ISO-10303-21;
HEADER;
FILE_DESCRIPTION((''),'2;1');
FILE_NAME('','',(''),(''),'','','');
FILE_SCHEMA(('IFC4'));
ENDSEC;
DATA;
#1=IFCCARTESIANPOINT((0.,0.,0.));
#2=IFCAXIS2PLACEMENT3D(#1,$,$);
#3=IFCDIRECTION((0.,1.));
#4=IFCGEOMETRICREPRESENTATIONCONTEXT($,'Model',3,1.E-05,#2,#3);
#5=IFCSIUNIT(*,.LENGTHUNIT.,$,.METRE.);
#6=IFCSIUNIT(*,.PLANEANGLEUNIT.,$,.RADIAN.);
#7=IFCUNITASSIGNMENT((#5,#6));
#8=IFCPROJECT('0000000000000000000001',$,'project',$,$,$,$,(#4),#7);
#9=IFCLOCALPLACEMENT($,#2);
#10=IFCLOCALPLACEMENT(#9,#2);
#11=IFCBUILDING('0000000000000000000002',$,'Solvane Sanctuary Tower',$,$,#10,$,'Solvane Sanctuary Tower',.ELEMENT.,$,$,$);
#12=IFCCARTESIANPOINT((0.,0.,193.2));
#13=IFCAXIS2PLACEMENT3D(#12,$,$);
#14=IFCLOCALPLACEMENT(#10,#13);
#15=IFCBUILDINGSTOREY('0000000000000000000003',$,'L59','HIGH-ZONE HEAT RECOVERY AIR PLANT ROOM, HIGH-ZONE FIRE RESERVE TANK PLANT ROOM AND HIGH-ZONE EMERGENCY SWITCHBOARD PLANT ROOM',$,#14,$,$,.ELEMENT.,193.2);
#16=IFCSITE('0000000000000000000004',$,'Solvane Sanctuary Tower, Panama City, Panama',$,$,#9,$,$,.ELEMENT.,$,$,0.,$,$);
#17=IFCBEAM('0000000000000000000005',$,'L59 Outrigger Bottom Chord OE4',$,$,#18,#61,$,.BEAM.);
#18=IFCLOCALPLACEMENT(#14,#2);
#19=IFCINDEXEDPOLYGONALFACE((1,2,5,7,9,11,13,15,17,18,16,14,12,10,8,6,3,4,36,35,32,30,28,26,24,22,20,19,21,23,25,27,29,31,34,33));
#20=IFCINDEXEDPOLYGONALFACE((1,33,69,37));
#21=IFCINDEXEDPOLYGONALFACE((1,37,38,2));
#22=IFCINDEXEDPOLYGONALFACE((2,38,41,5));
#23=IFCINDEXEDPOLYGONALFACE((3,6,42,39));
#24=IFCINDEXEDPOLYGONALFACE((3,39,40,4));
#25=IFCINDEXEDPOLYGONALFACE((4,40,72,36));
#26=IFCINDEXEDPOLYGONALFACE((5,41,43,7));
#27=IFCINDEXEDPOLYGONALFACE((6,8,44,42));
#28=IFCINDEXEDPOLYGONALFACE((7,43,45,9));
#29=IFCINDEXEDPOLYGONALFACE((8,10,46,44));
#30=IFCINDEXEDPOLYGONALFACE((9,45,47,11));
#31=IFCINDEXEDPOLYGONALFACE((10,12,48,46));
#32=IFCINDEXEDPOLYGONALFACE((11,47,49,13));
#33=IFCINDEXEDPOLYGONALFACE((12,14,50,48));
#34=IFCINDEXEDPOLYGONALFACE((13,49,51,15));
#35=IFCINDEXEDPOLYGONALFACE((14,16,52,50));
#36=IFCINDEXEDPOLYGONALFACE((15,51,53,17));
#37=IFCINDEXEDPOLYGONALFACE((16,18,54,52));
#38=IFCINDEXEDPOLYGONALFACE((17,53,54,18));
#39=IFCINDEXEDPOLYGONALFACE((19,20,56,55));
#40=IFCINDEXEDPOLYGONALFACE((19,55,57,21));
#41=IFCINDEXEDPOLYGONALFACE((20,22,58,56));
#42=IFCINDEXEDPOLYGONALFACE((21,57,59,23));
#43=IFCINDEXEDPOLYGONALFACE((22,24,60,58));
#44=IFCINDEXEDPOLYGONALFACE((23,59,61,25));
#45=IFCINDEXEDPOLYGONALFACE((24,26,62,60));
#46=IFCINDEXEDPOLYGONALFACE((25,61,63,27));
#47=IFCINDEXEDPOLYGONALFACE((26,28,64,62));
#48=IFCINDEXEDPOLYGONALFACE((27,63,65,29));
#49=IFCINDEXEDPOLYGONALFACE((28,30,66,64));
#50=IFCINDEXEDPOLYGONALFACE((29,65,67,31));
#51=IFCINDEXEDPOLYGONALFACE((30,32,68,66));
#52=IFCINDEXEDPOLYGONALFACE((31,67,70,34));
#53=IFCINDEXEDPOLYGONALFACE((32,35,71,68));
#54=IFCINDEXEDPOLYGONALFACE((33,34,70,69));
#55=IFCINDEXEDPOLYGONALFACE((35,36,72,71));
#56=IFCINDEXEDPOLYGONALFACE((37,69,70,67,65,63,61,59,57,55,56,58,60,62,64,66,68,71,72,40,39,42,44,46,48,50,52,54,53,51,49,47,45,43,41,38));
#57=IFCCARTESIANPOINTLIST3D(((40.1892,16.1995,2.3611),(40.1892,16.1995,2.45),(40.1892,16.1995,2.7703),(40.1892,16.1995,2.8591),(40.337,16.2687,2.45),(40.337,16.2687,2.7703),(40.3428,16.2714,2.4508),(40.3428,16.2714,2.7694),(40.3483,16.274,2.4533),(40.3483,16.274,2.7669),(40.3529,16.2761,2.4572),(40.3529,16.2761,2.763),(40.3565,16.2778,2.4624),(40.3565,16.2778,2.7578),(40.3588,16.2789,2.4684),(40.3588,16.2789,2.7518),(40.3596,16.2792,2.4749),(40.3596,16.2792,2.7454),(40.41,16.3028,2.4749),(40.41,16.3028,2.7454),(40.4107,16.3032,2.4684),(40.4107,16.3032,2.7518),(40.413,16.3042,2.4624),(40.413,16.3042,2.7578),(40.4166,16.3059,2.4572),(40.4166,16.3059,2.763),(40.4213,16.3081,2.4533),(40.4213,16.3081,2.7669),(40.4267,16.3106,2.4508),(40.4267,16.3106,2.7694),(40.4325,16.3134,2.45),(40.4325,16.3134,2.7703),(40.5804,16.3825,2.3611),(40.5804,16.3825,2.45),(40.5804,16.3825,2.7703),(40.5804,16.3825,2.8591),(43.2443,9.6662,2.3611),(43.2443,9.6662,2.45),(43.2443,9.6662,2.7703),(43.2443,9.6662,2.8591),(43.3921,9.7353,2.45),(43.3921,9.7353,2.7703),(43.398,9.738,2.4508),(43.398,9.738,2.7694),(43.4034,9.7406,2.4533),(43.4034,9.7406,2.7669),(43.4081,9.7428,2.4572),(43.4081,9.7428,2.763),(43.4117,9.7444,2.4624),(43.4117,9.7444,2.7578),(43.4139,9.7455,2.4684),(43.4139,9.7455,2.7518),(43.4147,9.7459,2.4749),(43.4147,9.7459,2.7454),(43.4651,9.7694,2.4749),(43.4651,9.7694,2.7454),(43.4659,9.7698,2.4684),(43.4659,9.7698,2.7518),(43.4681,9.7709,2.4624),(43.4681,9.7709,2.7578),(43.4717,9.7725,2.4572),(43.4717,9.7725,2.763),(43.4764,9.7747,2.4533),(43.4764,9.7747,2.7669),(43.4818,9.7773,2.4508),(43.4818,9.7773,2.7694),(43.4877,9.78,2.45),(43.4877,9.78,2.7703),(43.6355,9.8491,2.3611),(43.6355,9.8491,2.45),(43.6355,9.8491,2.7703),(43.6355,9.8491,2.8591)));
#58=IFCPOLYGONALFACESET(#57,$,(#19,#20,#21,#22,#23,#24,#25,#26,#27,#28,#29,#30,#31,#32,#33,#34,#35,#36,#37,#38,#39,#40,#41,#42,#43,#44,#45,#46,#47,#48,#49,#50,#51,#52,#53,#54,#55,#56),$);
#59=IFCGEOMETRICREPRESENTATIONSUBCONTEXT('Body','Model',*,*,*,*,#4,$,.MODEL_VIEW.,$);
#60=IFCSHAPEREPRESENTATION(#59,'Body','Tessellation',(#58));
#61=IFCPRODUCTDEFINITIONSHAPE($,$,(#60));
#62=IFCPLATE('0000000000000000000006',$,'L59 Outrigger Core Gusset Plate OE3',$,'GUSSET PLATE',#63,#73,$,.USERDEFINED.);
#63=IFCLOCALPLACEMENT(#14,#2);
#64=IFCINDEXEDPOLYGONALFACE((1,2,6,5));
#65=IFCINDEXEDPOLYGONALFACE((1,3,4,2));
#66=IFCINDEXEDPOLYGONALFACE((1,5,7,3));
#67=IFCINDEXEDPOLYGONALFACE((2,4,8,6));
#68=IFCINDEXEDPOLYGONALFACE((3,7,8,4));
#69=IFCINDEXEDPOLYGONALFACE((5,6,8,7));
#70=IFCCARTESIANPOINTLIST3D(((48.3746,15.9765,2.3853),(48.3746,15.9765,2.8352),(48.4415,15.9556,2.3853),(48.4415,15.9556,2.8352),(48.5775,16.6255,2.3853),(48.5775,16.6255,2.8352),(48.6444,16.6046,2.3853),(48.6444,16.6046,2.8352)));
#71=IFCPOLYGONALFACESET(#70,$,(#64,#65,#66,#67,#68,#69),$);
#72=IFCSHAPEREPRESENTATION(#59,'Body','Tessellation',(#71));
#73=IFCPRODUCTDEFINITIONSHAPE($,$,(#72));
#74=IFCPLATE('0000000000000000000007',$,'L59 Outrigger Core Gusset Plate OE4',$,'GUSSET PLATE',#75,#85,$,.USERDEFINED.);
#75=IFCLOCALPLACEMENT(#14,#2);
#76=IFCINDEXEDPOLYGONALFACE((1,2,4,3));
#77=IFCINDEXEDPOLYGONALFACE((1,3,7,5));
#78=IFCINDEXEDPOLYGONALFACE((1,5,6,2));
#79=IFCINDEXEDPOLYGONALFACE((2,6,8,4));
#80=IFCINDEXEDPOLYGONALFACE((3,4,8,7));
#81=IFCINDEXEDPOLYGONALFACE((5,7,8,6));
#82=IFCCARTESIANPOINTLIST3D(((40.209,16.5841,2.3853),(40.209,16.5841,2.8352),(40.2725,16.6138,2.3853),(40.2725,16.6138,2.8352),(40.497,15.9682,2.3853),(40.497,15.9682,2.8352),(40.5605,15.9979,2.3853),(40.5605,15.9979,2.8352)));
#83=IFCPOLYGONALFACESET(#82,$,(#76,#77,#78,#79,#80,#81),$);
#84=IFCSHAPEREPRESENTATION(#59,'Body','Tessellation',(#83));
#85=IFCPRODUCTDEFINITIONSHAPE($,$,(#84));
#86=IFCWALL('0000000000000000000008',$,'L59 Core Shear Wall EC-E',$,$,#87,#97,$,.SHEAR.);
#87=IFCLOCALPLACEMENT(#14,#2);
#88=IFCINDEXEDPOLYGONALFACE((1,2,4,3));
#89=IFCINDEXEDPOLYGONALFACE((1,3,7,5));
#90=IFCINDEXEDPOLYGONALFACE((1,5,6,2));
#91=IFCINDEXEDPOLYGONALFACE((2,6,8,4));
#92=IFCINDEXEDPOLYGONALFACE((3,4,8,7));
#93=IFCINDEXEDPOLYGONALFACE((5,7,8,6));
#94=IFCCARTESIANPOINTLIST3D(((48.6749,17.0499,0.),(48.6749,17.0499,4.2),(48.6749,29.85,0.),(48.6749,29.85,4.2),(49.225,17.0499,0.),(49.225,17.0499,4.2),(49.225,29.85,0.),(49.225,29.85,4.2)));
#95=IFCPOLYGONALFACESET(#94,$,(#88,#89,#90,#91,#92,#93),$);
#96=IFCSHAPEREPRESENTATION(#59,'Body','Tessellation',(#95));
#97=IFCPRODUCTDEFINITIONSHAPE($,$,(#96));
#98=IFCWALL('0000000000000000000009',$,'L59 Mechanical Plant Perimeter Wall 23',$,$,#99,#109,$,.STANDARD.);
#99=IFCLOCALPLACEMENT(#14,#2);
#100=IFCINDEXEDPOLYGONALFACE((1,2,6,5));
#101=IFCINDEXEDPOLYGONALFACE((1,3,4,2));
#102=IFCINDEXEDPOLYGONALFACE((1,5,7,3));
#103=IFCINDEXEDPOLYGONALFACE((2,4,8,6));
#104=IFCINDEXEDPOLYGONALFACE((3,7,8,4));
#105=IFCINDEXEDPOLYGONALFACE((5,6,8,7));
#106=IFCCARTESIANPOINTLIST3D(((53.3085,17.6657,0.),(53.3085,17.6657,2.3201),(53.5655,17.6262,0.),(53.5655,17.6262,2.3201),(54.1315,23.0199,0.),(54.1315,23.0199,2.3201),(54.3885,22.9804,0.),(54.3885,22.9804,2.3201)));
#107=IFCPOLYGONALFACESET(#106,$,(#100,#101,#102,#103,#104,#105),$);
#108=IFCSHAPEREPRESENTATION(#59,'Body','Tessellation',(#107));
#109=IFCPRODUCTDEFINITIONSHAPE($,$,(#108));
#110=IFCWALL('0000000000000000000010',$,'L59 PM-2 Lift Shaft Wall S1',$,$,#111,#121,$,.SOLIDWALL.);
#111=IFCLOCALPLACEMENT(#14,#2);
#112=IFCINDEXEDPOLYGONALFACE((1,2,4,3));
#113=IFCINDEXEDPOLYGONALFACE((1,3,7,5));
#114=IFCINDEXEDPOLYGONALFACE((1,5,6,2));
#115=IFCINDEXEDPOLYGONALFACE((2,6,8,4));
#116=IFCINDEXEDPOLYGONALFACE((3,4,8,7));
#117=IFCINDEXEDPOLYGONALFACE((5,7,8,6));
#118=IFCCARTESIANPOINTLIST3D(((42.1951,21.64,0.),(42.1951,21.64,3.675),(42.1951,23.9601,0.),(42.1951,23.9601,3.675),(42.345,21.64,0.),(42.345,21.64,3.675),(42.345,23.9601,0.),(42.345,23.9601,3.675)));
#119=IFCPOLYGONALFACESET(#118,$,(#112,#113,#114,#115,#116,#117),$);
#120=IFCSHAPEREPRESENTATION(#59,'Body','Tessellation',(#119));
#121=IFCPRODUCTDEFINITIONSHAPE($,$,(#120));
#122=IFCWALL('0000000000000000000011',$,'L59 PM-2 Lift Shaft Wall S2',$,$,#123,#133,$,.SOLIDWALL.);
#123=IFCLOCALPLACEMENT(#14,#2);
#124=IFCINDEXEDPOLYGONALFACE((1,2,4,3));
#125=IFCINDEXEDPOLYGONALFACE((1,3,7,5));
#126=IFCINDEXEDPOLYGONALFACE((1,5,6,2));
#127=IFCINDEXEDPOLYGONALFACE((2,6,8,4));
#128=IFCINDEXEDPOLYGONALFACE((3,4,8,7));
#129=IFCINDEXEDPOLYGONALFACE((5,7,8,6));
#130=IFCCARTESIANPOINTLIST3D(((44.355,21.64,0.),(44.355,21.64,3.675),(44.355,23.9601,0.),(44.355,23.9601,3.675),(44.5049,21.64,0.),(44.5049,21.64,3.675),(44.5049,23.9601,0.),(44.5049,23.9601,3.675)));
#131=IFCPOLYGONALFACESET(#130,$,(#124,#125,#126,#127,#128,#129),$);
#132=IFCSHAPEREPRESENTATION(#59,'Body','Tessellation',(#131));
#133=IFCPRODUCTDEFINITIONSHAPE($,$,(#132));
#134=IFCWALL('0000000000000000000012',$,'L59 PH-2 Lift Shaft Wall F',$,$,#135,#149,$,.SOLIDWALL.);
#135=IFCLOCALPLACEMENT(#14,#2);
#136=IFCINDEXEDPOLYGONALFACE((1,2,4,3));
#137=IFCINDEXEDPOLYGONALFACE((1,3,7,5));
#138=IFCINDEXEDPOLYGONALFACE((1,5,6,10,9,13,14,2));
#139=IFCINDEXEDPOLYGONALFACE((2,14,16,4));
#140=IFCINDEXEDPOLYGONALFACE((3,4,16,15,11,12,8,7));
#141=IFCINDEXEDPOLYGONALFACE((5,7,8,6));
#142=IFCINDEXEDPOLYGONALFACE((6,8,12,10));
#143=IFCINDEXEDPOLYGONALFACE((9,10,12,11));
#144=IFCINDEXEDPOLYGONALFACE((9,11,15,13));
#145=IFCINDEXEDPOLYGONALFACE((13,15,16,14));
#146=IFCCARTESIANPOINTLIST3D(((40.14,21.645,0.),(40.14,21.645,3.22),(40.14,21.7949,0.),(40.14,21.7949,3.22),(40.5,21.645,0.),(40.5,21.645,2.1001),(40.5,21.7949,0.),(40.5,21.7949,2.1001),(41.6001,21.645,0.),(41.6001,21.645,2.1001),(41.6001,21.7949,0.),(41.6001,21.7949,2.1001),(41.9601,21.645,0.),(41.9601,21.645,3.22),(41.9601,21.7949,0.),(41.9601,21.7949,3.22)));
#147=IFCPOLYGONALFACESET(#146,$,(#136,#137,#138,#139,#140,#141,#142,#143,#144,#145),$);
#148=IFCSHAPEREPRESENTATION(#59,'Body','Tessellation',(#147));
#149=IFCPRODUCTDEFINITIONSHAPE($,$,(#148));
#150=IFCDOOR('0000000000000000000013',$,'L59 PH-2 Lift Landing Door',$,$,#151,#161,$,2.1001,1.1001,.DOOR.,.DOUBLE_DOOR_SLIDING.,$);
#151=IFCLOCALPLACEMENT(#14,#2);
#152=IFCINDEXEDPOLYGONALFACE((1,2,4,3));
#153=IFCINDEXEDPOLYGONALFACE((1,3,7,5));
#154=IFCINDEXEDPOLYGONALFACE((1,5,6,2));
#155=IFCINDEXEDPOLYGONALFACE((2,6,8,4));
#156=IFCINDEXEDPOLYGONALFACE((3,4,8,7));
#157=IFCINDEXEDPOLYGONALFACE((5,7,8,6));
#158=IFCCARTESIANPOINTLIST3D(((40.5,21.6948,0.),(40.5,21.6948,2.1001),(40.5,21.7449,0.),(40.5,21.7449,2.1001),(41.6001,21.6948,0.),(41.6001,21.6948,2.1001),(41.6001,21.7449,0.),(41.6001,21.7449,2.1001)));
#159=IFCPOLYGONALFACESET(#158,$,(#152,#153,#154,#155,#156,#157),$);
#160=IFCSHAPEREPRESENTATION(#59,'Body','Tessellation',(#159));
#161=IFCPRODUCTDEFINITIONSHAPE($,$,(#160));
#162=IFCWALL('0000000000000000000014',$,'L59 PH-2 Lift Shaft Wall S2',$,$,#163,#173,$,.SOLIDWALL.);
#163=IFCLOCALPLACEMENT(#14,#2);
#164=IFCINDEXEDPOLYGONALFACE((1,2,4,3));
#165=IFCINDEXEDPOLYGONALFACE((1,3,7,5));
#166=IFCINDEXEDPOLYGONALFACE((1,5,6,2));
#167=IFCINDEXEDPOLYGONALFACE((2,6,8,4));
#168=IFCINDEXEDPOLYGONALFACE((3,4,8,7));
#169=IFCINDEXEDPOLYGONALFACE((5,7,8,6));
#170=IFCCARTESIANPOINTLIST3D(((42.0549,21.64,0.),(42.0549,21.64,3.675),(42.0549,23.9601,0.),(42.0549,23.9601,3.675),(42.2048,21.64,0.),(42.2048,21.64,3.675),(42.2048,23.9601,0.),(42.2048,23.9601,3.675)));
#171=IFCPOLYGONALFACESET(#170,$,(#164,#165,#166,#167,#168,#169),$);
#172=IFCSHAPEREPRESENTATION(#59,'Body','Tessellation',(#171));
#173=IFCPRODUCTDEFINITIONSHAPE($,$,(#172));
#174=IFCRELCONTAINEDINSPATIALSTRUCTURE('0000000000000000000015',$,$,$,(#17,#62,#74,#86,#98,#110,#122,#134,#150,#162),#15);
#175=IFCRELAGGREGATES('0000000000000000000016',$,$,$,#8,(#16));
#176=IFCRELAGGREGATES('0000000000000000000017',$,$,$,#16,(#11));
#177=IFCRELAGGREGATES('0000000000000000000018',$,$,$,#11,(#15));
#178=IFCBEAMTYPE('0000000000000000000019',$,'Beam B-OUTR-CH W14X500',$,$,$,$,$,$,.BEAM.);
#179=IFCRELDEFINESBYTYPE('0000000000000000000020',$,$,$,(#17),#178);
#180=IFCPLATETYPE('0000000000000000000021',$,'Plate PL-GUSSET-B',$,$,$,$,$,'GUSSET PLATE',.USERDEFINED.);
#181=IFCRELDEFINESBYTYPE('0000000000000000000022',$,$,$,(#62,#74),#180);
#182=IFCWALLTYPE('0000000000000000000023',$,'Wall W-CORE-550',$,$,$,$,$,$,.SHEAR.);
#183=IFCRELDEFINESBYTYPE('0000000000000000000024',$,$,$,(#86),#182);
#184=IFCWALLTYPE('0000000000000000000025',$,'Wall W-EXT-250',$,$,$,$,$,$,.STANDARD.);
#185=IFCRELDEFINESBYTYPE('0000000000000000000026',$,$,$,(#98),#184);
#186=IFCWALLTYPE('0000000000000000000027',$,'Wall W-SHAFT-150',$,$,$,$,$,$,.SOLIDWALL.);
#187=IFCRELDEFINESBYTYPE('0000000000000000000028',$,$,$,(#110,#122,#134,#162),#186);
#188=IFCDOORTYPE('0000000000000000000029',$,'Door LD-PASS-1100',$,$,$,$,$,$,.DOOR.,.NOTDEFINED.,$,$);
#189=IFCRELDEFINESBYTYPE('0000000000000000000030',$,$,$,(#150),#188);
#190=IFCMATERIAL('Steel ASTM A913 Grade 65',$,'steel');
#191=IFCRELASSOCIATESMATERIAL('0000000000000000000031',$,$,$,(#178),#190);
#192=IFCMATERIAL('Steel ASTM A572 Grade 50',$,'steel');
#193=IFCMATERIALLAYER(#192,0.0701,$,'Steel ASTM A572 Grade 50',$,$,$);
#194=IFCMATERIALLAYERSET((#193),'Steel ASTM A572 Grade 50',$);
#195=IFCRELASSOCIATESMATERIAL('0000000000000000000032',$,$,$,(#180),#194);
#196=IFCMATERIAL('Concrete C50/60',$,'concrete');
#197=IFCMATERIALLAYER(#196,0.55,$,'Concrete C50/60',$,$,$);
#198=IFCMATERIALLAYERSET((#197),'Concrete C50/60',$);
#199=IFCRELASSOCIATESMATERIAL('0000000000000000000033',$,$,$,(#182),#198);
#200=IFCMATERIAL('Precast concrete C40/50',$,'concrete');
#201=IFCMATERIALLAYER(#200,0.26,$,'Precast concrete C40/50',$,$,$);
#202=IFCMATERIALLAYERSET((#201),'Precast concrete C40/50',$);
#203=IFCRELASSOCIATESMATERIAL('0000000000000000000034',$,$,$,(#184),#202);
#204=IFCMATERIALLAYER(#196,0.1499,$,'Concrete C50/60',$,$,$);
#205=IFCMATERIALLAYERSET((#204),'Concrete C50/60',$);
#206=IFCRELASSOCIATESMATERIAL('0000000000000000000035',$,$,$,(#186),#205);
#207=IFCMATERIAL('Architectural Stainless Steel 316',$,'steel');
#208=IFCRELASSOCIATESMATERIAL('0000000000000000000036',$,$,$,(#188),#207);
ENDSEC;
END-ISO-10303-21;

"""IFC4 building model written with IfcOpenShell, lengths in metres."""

from ifc_helpers import new_model, si_unit, direction, frame, frame_2d, origin, origin_2d, place, context, subcontext, project, spatial, rectangle, i_section, extrude, material, layer, layer_set, material_profile, profile_set, type_object, element, fill, save


model = new_model("IFC4")

# Units and contexts
model_context = context("Model", 3, precision=1e-05, world=origin(), true_north=direction((0.0, 1.0)))
body_context = subcontext(model_context, "Body", "Model", "MODEL_VIEW")
ifc_project = project(units=[si_unit("LENGTHUNIT", "METRE"), si_unit("PLANEANGLEUNIT", "RADIAN")], contexts=[model_context])

# Site, building, storey
site_placement = place(None, origin())
site = spatial("IfcSite", under=ifc_project, at=site_placement, Name="Solvane Sanctuary Tower, Panama City, Panama", CompositionType="ELEMENT", RefElevation=0.0)
building_placement = place(site_placement, origin())
building = spatial("IfcBuilding", under=site, at=building_placement, Name="Solvane Sanctuary Tower", LongName="Solvane Sanctuary Tower", CompositionType="ELEMENT")
storey_placement = place(building_placement, frame((0.0, 0.0, 193.2)))
storey = spatial("IfcBuildingStorey", under=building, at=storey_placement, Name="L59", Description="HIGH-ZONE HEAT RECOVERY AIR PLANT ROOM, HIGH-ZONE FIRE RESERVE TANK PLANT ROOM AND HIGH-ZONE EMERGENCY SWITCHBOARD PLANT ROOM", CompositionType="ELEMENT", Elevation=193.2)

# Beam
ifc_material_1 = material(Name="Steel ASTM A913 Grade 65", Category="steel")
ifc_material_profile_1 = material_profile(ifc_material_1, i_section(OverallWidth=0.4319, OverallDepth=0.498, WebThickness=0.0557, FlangeThickness=0.0889, FilletRadius=0.0249, at=origin_2d()), Name="W14X500")
ifc_profile_set_1 = profile_set([ifc_material_profile_1], Name="Steel ASTM A913 Grade 65")
beam_type_1 = type_object("IfcBeamType", Name="Beam B-OUTR-CH W14X500", PredefinedType="BEAM", material=ifc_profile_set_1)
for number, where, z_axis, x_axis, name in (
    (1, (40.3848, 16.291, 2.6101), (0.423595, -0.905852, 0.0), (0.905852, 0.423595, 0.0), "L59 Outrigger Bottom Chord OE4"),
):
    element("IfcBeam", number, at=place(storey_placement, frame(where, z_axis=z_axis, x_axis=x_axis)), inside=storey, type_object=beam_type_1, Name=name, PredefinedType="BEAM", context=body_context, shape_type="SweptSolid", body=[
        extrude(i_section(OverallWidth=0.4319, OverallDepth=0.498, WebThickness=0.0557, FlangeThickness=0.0889, FilletRadius=0.0249, at=origin_2d()), origin(), (0.0, 0.0, 1.0), 7.2124),
    ])

# Plates
ifc_material_2 = material(Name="Steel ASTM A572 Grade 50", Category="steel")
ifc_layer_1 = layer(ifc_material_2, 0.0701, Name="Steel ASTM A572 Grade 50")
ifc_layer_set_1 = layer_set([ifc_layer_1], Name="Steel ASTM A572 Grade 50")
plate_type = type_object("IfcPlateType", Name="Plate PL-GUSSET-B", ElementType="GUSSET PLATE", PredefinedType="USERDEFINED", material=ifc_layer_set_1)
for number, where, z_axis, x_axis, name in (
    (2, (48.5095, 16.2905, 2.3853), (0.0, 0.0, 1.0), (-0.298375, -0.954449, 0.0), "L59 Outrigger Core Gusset Plate OE3"),
    (3, (40.3848, 16.291, 2.3853), (0.0, 0.0, 1.0), (0.423567, -0.905865, 0.0), "L59 Outrigger Core Gusset Plate OE4"),
):
    element("IfcPlate", number, at=place(storey_placement, frame(where, z_axis=z_axis, x_axis=x_axis)), inside=storey, type_object=plate_type, Name=name, ObjectType="GUSSET PLATE", PredefinedType="USERDEFINED", context=body_context, shape_type="SweptSolid", body=[
        extrude(rectangle(XDim=0.6799, YDim=0.0701, at=origin_2d()), origin(), (0.0, 0.0, 1.0), 0.45),
    ])

# Walls
ifc_material_3 = material(Name="Concrete C50/60", Category="concrete")
ifc_layer_2 = layer(ifc_material_3, 0.55, Name="Concrete C50/60")
ifc_layer_set_2 = layer_set([ifc_layer_2], Name="Concrete C50/60")
wall_type_1 = type_object("IfcWallType", Name="Wall W-CORE-550", PredefinedType="SHEAR", material=ifc_layer_set_2)
wall_1_placement = place(storey_placement, frame((48.95, 17.05, 0.0), z_axis=(0.0, 0.0, 1.0), x_axis=(0.0, 1.0, 0.0)))
element("IfcWall", 4, at=wall_1_placement, inside=storey, type_object=wall_type_1, Name="L59 Core Shear Wall EC-E", PredefinedType="SHEAR", context=body_context, shape_type="SweptSolid", body=[
    extrude(rectangle(XDim=12.8, YDim=0.55, at=frame_2d((6.3999, 0.0))), origin(), (0.0, 0.0, 1.0), 4.2),
])
ifc_material_4 = material(Name="Precast concrete C40/50", Category="concrete")
ifc_layer_3 = layer(ifc_material_4, 0.26, Name="Precast concrete C40/50")
ifc_layer_set_3 = layer_set([ifc_layer_3], Name="Precast concrete C40/50")
wall_type_2 = type_object("IfcWallType", Name="Wall W-EXT-250", PredefinedType="STANDARD", material=ifc_layer_set_3)
wall_2_placement = place(storey_placement, frame((53.437, 17.646, 0.0), z_axis=(0.0, 0.0, 1.0), x_axis=(0.151932, 0.988391, 0.0)))
element("IfcWall", 5, at=wall_2_placement, inside=storey, type_object=wall_type_2, Name="L59 Mechanical Plant Perimeter Wall 23", PredefinedType="STANDARD", context=body_context, shape_type="SweptSolid", body=[
    extrude(rectangle(XDim=5.417, YDim=0.26, at=frame_2d((2.7085, 0.0))), origin(), (0.0, 0.0, 1.0), 2.3201),
])
ifc_layer_4 = layer(ifc_material_3, 0.1499, Name="Concrete C50/60")
ifc_layer_set_4 = layer_set([ifc_layer_4], Name="Concrete C50/60")
wall_type_3 = type_object("IfcWallType", Name="Wall W-SHAFT-150", PredefinedType="SOLIDWALL", material=ifc_layer_set_4)
for number, where, z_axis, x_axis, name in (
    (6, (42.27, 21.6399, 0.0), (0.0, 0.0, 1.0), (0.0, 1.0, 0.0), "L59 PM-2 Lift Shaft Wall S1"),
    (7, (44.4299, 21.6399, 0.0), (0.0, 0.0, 1.0), (0.0, 1.0, 0.0), "L59 PM-2 Lift Shaft Wall S2"),
):
    element("IfcWall", number, at=place(storey_placement, frame(where, z_axis=z_axis, x_axis=x_axis)), inside=storey, type_object=wall_type_3, Name=name, PredefinedType="SOLIDWALL", context=body_context, shape_type="SweptSolid", body=[
        extrude(rectangle(XDim=2.3201, YDim=0.1499, at=frame_2d((1.1602, 0.0))), origin(), (0.0, 0.0, 1.0), 3.675),
    ])

# Wall, opening, door
wall_3_placement = place(storey_placement, frame((40.1399, 21.72, 0.0), z_axis=(0.0, 0.0, 1.0), x_axis=(1.0, 0.0, 0.0)))
wall_3 = element("IfcWall", 8, at=wall_3_placement, inside=storey, type_object=wall_type_3, Name="L59 PH-2 Lift Shaft Wall F", PredefinedType="SOLIDWALL", context=body_context, shape_type="SweptSolid", body=[
    extrude(rectangle(XDim=1.8201, YDim=0.1499, at=frame_2d((0.9102, 0.0))), origin(), (0.0, 0.0, 1.0), 3.22),
])
opening_1_placement = place(wall_3_placement, frame((0.3601, 0.0, 0.0)))
opening_1 = element("IfcOpeningElement", 9, at=opening_1_placement, cuts=wall_3, PredefinedType="OPENING", context=body_context, shape_type="SweptSolid", body=[
    extrude(rectangle(XDim=1.1001, YDim=2.1001, at=frame_2d((0.55, 1.05))), frame((0.0, 0.085, 0.0), z_axis=(0.0, -1.0, 0.0), x_axis=(1.0, 0.0, 0.0)), (0.0, 0.0, 1.0), 0.1699),
])
ifc_material_5 = material(Name="Architectural Stainless Steel 316", Category="steel")
door_type_1 = type_object("IfcDoorType", Name="Door LD-PASS-1100", OperationType="NOTDEFINED", PredefinedType="DOOR", material=ifc_material_5)
door_1_placement = place(opening_1_placement, origin())
door_1 = element("IfcDoor", 10, at=door_1_placement, inside=storey, type_object=door_type_1, Name="L59 PH-2 Lift Landing Door", OperationType="DOUBLE_DOOR_SLIDING", OverallHeight=2.1001, OverallWidth=1.1001, PredefinedType="DOOR", context=body_context, shape_type="SweptSolid", body=[
    extrude(rectangle(XDim=1.1001, YDim=2.1001, at=frame_2d((0.55, 1.05))), frame((0.0, 0.0249, 0.0), z_axis=(0.0, -1.0, 0.0), x_axis=(1.0, 0.0, 0.0)), (0.0, 0.0, 1.0), 0.05),
])
fill(opening_1, door_1)

# Wall
wall_4_placement = place(storey_placement, frame((42.1299, 21.6399, 0.0), z_axis=(0.0, 0.0, 1.0), x_axis=(0.0, 1.0, 0.0)))
element("IfcWall", 11, at=wall_4_placement, inside=storey, type_object=wall_type_3, Name="L59 PH-2 Lift Shaft Wall S2", PredefinedType="SOLIDWALL", context=body_context, shape_type="SweptSolid", body=[
    extrude(rectangle(XDim=2.3201, YDim=0.1499, at=frame_2d((1.1602, 0.0))), origin(), (0.0, 0.0, 1.0), 3.675),
])

save(model, "model.ifc")
